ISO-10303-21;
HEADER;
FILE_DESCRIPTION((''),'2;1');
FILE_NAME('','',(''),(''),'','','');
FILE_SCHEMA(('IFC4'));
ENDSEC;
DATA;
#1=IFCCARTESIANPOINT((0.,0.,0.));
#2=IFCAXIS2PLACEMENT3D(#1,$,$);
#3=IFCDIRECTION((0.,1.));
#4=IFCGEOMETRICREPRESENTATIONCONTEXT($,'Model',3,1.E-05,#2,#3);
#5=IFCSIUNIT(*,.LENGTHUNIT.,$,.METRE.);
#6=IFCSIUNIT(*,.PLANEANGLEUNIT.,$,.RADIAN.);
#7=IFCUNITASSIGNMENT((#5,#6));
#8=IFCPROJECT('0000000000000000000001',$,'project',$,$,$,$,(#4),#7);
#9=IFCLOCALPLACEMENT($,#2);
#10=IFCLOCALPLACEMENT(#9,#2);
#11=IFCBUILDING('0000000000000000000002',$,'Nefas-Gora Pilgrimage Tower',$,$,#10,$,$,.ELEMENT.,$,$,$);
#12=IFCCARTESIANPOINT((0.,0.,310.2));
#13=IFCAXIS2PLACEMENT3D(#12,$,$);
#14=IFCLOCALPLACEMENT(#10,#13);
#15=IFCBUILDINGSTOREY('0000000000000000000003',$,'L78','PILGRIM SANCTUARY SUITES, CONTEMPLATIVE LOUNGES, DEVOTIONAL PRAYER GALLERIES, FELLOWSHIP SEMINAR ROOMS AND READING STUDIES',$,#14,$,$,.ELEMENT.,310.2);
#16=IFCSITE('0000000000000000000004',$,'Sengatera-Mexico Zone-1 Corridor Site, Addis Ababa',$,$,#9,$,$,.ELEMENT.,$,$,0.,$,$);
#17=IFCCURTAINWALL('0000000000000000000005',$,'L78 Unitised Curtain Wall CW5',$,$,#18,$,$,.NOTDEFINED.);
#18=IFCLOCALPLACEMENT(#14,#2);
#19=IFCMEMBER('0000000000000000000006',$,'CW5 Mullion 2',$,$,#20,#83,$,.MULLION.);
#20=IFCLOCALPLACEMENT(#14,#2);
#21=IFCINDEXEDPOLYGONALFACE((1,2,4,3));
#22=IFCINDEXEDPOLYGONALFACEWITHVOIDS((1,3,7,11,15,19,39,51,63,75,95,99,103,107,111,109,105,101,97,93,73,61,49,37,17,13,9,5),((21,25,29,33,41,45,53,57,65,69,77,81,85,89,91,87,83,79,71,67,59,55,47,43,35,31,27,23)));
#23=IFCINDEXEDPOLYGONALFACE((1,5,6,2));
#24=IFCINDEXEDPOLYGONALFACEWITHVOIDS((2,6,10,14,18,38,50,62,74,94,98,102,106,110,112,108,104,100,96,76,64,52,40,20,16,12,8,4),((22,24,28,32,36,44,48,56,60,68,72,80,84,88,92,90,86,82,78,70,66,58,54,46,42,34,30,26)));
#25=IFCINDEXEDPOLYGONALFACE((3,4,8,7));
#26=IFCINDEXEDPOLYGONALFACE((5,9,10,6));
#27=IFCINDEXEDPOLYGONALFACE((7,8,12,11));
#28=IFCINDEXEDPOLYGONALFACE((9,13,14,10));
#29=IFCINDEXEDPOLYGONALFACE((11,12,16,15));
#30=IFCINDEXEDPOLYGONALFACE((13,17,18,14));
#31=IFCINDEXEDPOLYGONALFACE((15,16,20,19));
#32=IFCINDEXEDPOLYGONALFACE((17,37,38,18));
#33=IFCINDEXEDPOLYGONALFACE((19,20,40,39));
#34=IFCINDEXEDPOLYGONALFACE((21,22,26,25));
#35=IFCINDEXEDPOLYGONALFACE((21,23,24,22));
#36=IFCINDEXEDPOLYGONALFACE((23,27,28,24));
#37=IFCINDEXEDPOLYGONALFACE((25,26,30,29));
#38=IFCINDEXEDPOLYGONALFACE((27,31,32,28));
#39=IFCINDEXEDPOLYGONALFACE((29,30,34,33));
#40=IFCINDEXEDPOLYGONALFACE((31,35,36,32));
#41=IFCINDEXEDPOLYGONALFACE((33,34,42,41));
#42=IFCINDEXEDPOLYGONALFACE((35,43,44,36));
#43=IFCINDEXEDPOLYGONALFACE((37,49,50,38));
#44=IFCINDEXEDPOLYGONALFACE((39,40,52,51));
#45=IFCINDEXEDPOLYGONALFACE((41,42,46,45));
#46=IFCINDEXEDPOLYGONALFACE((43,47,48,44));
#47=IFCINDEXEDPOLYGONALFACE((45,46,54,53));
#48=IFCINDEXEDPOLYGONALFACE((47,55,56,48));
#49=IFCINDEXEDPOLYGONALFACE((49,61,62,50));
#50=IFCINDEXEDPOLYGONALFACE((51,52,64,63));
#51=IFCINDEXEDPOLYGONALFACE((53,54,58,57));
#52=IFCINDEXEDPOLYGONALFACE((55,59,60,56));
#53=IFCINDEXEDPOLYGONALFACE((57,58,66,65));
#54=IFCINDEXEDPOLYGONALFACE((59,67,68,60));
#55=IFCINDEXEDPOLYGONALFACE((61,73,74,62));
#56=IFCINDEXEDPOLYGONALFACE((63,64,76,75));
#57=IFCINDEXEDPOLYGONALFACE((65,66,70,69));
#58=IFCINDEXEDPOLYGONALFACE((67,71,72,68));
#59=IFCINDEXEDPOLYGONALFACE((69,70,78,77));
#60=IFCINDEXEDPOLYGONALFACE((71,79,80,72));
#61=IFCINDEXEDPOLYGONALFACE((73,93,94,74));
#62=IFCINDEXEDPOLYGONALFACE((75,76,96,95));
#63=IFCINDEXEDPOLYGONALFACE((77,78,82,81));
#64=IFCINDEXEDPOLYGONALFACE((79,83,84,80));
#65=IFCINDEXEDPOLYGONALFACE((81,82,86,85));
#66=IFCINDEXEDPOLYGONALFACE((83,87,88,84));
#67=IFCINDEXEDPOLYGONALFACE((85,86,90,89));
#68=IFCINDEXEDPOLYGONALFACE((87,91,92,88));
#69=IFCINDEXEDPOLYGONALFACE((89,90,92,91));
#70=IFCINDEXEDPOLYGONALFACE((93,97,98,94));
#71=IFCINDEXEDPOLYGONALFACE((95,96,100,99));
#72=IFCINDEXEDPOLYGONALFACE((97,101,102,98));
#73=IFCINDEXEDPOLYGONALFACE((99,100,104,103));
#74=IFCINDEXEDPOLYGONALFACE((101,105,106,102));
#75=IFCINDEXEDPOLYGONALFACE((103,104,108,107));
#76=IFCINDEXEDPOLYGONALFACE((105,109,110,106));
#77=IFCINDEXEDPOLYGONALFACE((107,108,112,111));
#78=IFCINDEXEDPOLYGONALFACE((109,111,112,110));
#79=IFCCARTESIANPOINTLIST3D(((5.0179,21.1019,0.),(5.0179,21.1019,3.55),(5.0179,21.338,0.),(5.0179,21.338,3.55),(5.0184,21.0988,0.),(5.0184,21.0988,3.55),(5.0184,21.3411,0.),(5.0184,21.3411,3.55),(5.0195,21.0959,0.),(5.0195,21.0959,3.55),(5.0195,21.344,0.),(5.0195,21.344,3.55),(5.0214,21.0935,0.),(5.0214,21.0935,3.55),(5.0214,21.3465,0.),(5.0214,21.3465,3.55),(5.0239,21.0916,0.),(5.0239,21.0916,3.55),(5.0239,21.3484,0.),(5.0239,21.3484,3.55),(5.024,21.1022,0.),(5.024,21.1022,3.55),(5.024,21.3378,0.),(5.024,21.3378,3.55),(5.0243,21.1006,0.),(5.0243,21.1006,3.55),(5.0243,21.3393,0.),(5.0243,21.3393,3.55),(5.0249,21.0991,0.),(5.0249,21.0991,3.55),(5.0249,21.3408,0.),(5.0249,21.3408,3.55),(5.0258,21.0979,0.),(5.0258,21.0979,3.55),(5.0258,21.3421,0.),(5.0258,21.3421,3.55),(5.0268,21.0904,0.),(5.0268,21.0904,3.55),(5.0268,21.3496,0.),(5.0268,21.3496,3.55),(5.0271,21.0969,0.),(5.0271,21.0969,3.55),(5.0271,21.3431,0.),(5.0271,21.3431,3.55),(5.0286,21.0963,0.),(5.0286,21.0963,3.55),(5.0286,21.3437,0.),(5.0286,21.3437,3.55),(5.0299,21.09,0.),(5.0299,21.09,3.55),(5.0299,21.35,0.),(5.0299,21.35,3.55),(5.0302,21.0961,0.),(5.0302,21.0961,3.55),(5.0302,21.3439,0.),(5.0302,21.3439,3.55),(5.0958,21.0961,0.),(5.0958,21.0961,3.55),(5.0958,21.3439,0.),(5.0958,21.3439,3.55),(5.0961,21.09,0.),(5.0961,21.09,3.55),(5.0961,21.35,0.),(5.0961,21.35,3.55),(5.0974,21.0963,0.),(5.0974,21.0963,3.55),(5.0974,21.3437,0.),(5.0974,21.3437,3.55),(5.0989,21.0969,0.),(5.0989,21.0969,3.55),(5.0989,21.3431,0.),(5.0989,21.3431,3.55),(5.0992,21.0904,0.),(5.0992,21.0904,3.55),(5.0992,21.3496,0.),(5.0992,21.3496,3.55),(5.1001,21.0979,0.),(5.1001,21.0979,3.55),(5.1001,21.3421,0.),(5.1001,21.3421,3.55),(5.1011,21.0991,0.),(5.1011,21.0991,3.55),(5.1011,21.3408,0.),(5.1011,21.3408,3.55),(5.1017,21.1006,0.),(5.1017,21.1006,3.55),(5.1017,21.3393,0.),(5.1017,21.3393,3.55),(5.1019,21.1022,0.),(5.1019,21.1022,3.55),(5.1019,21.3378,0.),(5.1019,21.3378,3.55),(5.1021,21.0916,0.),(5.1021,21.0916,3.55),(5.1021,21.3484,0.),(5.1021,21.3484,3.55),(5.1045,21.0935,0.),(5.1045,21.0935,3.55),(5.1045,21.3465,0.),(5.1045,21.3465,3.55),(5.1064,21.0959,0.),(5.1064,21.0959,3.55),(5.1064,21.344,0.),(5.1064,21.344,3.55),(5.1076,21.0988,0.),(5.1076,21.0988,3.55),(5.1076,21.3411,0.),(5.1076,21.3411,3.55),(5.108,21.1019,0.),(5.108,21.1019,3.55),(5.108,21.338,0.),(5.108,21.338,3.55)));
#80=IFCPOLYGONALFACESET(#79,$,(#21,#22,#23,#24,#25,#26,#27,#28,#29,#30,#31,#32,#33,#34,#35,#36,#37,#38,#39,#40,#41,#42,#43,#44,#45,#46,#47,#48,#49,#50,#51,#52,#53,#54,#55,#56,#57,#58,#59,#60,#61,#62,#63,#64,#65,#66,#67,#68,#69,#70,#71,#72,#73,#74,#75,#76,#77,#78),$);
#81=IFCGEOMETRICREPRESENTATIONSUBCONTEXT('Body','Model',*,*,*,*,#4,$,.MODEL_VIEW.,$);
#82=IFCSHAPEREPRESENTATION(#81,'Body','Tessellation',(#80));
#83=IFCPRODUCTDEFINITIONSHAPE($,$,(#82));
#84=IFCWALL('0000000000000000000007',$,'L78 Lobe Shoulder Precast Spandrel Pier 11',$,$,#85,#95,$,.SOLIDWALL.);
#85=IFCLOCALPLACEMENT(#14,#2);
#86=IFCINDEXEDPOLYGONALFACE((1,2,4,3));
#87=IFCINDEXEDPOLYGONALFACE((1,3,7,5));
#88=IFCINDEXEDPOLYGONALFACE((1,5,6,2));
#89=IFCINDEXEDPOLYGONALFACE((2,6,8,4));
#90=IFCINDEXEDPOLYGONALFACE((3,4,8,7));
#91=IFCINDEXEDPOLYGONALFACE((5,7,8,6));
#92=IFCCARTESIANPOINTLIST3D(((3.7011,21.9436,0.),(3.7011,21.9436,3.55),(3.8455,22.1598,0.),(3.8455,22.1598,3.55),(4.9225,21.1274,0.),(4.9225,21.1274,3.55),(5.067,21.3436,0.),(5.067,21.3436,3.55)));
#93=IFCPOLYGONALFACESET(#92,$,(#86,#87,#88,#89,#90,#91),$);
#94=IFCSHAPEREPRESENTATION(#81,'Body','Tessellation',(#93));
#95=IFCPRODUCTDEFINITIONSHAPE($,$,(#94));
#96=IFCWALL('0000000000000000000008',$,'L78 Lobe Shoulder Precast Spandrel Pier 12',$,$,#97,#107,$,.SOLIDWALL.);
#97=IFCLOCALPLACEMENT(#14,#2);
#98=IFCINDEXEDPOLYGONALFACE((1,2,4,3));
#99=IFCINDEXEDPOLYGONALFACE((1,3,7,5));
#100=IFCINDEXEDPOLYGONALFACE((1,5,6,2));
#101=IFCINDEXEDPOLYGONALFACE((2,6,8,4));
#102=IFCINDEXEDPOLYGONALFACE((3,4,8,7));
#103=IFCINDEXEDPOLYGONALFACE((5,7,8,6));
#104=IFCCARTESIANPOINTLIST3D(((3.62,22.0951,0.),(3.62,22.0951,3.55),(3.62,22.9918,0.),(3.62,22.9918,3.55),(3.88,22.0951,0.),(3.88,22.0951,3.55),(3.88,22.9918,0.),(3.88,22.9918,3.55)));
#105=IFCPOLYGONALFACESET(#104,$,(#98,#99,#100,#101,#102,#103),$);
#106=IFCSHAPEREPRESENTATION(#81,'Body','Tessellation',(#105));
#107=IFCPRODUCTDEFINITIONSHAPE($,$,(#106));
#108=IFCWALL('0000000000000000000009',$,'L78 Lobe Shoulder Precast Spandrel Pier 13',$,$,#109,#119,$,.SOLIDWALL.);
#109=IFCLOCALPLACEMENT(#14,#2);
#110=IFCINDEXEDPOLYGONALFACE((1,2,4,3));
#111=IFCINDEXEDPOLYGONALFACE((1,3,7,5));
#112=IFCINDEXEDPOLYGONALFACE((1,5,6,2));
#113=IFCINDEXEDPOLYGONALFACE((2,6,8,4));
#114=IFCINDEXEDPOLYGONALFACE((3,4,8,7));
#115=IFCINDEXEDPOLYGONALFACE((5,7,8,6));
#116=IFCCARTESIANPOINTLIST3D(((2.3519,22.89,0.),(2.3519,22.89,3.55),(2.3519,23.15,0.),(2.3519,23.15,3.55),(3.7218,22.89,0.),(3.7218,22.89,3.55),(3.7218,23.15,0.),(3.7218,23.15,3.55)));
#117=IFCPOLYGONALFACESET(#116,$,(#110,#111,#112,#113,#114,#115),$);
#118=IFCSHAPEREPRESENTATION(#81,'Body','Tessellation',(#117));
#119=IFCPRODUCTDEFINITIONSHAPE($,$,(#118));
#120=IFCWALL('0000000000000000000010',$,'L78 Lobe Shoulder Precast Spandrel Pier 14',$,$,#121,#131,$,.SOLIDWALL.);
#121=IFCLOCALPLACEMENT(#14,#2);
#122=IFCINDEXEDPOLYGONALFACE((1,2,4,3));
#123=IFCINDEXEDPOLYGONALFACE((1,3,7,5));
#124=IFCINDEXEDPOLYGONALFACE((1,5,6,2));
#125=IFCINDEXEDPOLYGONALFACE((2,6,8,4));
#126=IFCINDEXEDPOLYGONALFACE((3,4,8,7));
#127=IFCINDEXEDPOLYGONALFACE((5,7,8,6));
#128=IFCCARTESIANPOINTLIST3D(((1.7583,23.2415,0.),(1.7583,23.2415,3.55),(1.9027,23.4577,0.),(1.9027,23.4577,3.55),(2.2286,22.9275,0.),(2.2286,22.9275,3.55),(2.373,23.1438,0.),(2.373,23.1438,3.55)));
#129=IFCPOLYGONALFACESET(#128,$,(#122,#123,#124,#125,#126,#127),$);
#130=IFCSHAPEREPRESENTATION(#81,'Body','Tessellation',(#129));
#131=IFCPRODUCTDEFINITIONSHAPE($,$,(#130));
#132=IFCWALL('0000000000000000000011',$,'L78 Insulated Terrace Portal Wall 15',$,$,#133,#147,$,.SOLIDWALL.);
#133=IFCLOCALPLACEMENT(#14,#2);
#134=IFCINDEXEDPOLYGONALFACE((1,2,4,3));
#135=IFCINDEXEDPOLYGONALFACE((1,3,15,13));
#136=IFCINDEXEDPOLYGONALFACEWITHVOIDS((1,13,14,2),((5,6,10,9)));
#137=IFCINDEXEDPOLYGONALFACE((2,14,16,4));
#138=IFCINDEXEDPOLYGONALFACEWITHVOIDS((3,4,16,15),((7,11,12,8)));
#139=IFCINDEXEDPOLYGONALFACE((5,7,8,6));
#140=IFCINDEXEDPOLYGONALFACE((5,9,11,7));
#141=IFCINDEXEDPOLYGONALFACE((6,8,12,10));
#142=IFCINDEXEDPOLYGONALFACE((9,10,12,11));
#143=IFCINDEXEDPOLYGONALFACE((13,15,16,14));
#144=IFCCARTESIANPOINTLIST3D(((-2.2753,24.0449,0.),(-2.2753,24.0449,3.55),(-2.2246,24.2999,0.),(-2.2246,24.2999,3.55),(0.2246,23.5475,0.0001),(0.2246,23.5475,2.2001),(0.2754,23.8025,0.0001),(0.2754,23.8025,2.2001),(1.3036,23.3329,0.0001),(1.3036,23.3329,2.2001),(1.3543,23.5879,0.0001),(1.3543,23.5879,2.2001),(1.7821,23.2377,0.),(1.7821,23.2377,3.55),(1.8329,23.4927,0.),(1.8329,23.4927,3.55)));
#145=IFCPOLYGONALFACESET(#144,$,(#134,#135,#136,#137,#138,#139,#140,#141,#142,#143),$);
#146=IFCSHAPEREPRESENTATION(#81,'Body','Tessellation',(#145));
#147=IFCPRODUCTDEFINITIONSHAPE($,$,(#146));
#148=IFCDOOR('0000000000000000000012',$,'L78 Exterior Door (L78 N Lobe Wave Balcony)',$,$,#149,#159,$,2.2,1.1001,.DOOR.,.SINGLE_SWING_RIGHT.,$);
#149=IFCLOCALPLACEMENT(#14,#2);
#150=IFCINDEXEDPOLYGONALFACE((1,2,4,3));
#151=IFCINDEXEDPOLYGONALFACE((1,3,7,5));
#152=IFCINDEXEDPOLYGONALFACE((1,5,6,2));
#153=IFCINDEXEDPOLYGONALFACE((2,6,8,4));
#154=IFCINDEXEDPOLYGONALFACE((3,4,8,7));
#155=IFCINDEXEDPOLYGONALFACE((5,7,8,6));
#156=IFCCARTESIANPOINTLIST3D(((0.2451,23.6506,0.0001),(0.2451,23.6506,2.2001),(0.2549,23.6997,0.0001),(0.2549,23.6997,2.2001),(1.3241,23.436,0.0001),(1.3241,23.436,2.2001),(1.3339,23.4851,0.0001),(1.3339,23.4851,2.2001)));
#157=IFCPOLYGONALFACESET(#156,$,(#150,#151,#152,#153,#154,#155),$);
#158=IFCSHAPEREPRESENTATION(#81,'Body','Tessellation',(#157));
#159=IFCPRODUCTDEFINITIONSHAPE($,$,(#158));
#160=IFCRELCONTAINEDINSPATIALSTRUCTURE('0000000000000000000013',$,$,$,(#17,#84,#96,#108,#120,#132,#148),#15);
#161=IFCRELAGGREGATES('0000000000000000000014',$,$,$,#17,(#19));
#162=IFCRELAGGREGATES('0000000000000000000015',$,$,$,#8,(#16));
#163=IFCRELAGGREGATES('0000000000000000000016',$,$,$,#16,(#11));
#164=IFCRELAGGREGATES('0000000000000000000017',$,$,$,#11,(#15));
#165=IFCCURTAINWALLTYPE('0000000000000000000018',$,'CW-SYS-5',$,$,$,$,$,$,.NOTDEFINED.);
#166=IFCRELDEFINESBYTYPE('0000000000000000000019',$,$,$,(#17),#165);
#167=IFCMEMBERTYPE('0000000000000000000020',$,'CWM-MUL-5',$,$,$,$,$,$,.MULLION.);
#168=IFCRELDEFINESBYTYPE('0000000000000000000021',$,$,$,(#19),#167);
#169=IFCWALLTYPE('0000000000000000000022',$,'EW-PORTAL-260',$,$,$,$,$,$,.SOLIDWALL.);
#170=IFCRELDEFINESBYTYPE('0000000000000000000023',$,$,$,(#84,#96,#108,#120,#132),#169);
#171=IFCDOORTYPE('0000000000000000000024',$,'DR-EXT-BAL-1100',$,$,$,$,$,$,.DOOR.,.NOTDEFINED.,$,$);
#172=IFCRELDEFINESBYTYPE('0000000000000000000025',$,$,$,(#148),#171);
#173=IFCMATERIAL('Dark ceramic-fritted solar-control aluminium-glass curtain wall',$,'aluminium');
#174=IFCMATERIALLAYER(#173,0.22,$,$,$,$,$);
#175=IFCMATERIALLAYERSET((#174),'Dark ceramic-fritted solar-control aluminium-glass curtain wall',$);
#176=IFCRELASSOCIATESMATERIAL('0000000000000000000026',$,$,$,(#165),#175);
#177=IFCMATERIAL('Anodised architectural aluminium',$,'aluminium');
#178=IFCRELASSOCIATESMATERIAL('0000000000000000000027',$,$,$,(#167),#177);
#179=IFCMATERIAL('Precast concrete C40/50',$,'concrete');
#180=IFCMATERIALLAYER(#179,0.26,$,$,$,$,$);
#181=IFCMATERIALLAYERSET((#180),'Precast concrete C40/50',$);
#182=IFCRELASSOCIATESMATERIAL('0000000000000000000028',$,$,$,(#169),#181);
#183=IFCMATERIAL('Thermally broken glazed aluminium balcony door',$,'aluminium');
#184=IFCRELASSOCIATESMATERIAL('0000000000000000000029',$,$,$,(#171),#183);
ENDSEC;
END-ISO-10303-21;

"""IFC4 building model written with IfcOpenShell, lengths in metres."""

from ifc_helpers import new_model, si_unit, direction, frame, frame_2d, origin, origin_2d, place, context, subcontext, project, spatial, rectangle, hollow_rectangle, extrude, source, transform, mapped, material, layer, layer_set, material_profile, profile_set, type_object, element, fill, aggregate, save


model = new_model("IFC4")

# Units and contexts
model_context = context("Model", 3, precision=1e-05, world=origin(), true_north=direction((0.0, 1.0)))
body_context = subcontext(model_context, "Body", "Model", "MODEL_VIEW")
ifc_project = project(units=[si_unit("LENGTHUNIT", "METRE"), si_unit("PLANEANGLEUNIT", "RADIAN")], contexts=[model_context])

# Site, building, storey
site_placement = place(None, origin())
site = spatial("IfcSite", under=ifc_project, at=site_placement, Name="Sengatera-Mexico Zone-1 Corridor Site, Addis Ababa", CompositionType="ELEMENT", RefElevation=0.0)
building_placement = place(site_placement, origin())
building = spatial("IfcBuilding", under=site, at=building_placement, Name="Nefas-Gora Pilgrimage Tower", CompositionType="ELEMENT")
storey_placement = place(building_placement, frame((0.0, 0.0, 310.2)))
storey = spatial("IfcBuildingStorey", under=building, at=storey_placement, Name="L78", Description="PILGRIM SANCTUARY SUITES, CONTEMPLATIVE LOUNGES, DEVOTIONAL PRAYER GALLERIES, FELLOWSHIP SEMINAR ROOMS AND READING STUDIES", CompositionType="ELEMENT", Elevation=310.2)

# Curtain wall, member
ifc_material_1 = material(Name="Dark ceramic-fritted solar-control aluminium-glass curtain wall", Category="aluminium")
ifc_layer_1 = layer(ifc_material_1, 0.22)
ifc_layer_set_1 = layer_set([ifc_layer_1], Name="Dark ceramic-fritted solar-control aluminium-glass curtain wall")
curtain_wall_type = type_object("IfcCurtainWallType", Name="CW-SYS-5", PredefinedType="NOTDEFINED", material=ifc_layer_set_1)
curtain_wall_placement = place(storey_placement, origin())
curtain_wall = element("IfcCurtainWall", 1, at=curtain_wall_placement, inside=storey, type_object=curtain_wall_type, Name="L78 Unitised Curtain Wall CW5", PredefinedType="NOTDEFINED")
ifc_material_2 = material(Name="Anodised architectural aluminium", Category="aluminium")
ifc_material_profile_1 = material_profile(ifc_material_2, hollow_rectangle(XDim=0.0901, YDim=0.26, WallThickness=0.0061, InnerFilletRadius=0.0061, OuterFilletRadius=0.012, at=origin_2d()), Name="ALU MULLION 90x260")
ifc_profile_set_1 = profile_set([ifc_material_profile_1], Name="Anodised architectural aluminium")
member_type = type_object("IfcMemberType", Name="CWM-MUL-5", PredefinedType="MULLION", material=ifc_profile_set_1)
shared_shape_1 = source(origin(), body_context, "Body", "SweptSolid", [
    extrude(hollow_rectangle(XDim=0.0901, YDim=0.26, WallThickness=0.0061, InnerFilletRadius=0.0061, OuterFilletRadius=0.012, at=origin_2d()), origin(), (0.0, 0.0, 1.0), 3.55),
])
member_placement = place(storey_placement, frame((5.063, 21.22, 0.0), z_axis=(0.0, 0.0, 1.0), x_axis=(-1.0, 0.0, 0.0)))
member = element("IfcMember", 2, at=member_placement, type_object=member_type, Name="CW5 Mullion 2", PredefinedType="MULLION", context=body_context, shape_type="MappedRepresentation", body=[
    mapped(shared_shape_1, transform((0.0, 0.0, 0.0), x_axis=(1.0, 0.0, 0.0), y_axis=(0.0, 1.0, 0.0), z_axis=(0.0, 0.0, 1.0), scale=1.0)),
])
aggregate(curtain_wall, [member])

# Walls
ifc_material_3 = material(Name="Precast concrete C40/50", Category="concrete")
ifc_layer_2 = layer(ifc_material_3, 0.26)
ifc_layer_set_2 = layer_set([ifc_layer_2], Name="Precast concrete C40/50")
wall_type_1 = type_object("IfcWallType", Name="EW-PORTAL-260", PredefinedType="SOLIDWALL", material=ifc_layer_set_2)
shared_shape_2 = source(origin(), body_context, "Body", "SweptSolid", [
    extrude(rectangle(XDim=1.469, YDim=0.26, at=frame_2d((0.7344, 0.0))), origin(), (0.0, 0.0, 1.0), 3.55),
])
wall_1_placement = place(storey_placement, frame((4.9946, 21.2356, 0.0), z_axis=(0.0, 0.0, 1.0), x_axis=(-0.831462, 0.555582, 0.0)))
element("IfcWall", 3, at=wall_1_placement, inside=storey, type_object=wall_type_1, Name="L78 Lobe Shoulder Precast Spandrel Pier 11", PredefinedType="SOLIDWALL", context=body_context, shape_type="MappedRepresentation", body=[
    mapped(shared_shape_2, transform((0.0, 0.0, 0.0), x_axis=(1.0, 0.0, 0.0), y_axis=(0.0, 1.0, 0.0), z_axis=(0.0, 0.0, 1.0), scale=1.0)),
])
shared_shape_3 = source(origin(), body_context, "Body", "SweptSolid", [
    extrude(rectangle(XDim=0.8967, YDim=0.26, at=frame_2d((0.4482, 0.0))), origin(), (0.0, 0.0, 1.0), 3.55),
])
wall_2_placement = place(storey_placement, frame((3.75, 22.0952, 0.0), z_axis=(0.0, 0.0, 1.0), x_axis=(0.0, 1.0, 0.0)))
element("IfcWall", 4, at=wall_2_placement, inside=storey, type_object=wall_type_1, Name="L78 Lobe Shoulder Precast Spandrel Pier 12", PredefinedType="SOLIDWALL", context=body_context, shape_type="MappedRepresentation", body=[
    mapped(shared_shape_3, transform((0.0, 0.0, 0.0), x_axis=(1.0, 0.0, 0.0), y_axis=(0.0, 1.0, 0.0), z_axis=(0.0, 0.0, 1.0), scale=1.0)),
])
shared_shape_4 = source(origin(), body_context, "Body", "SweptSolid", [
    extrude(rectangle(XDim=1.3699, YDim=0.26, at=frame_2d((0.6851, 0.0))), origin(), (0.0, 0.0, 1.0), 3.55),
])
wall_3_placement = place(storey_placement, frame((3.7219, 23.02, 0.0), z_axis=(0.0, 0.0, 1.0), x_axis=(-1.0, 0.0, 0.0)))
element("IfcWall", 5, at=wall_3_placement, inside=storey, type_object=wall_type_1, Name="L78 Lobe Shoulder Precast Spandrel Pier 13", PredefinedType="SOLIDWALL", context=body_context, shape_type="MappedRepresentation", body=[
    mapped(shared_shape_4, transform((0.0, 0.0, 0.0), x_axis=(1.0, 0.0, 0.0), y_axis=(0.0, 1.0, 0.0), z_axis=(0.0, 0.0, 1.0), scale=1.0)),
])
shared_shape_5 = source(origin(), body_context, "Body", "SweptSolid", [
    extrude(rectangle(XDim=0.5654, YDim=0.26, at=frame_2d((0.2827, 0.0))), origin(), (0.0, 0.0, 1.0), 3.55),
])
wall_4_placement = place(storey_placement, frame((2.3008, 23.0356, 0.0), z_axis=(0.0, 0.0, 1.0), x_axis=(-0.831651, 0.555298, 0.0)))
element("IfcWall", 6, at=wall_4_placement, inside=storey, type_object=wall_type_1, Name="L78 Lobe Shoulder Precast Spandrel Pier 14", PredefinedType="SOLIDWALL", context=body_context, shape_type="MappedRepresentation", body=[
    mapped(shared_shape_5, transform((0.0, 0.0, 0.0), x_axis=(1.0, 0.0, 0.0), y_axis=(0.0, 1.0, 0.0), z_axis=(0.0, 0.0, 1.0), scale=1.0)),
])

# Wall, opening, door
shared_shape_6 = source(origin(), body_context, "Body", "SweptSolid", [
    extrude(rectangle(XDim=4.137, YDim=0.26, at=frame_2d((2.0684, 0.0))), origin(), (0.0, 0.0, 1.0), 3.55),
])
wall_5_placement = place(storey_placement, frame((1.8074, 23.3652, 0.0), z_axis=(0.0, 0.0, 1.0), x_axis=(-0.980782, 0.195106, 0.0)))
wall_5 = element("IfcWall", 7, at=wall_5_placement, inside=storey, type_object=wall_type_1, Name="L78 Insulated Terrace Portal Wall 15", PredefinedType="SOLIDWALL", context=body_context, shape_type="MappedRepresentation", body=[
    mapped(shared_shape_6, transform((0.0, 0.0, 0.0), x_axis=(1.0, 0.0, 0.0), y_axis=(0.0, 1.0, 0.0), z_axis=(0.0, 0.0, 1.0), scale=1.0)),
])
opening_1_placement = place(wall_5_placement, frame((0.4878, 0.0, 0.0)))
opening_1 = element("IfcOpeningElement", 8, at=opening_1_placement, cuts=wall_5, PredefinedType="OPENING", context=body_context, shape_type="SweptSolid", body=[
    extrude(rectangle(XDim=1.1001, YDim=2.2, at=frame_2d((0.55, 1.1001))), frame((0.0, 0.1399, 0.0), z_axis=(0.0, -1.0, 0.0), x_axis=(1.0, 0.0, 0.0)), (0.0, 0.0, 1.0), 0.28),
])
ifc_material_4 = material(Name="Thermally broken glazed aluminium balcony door", Category="aluminium")
door_type_1 = type_object("IfcDoorType", Name="DR-EXT-BAL-1100", OperationType="NOTDEFINED", PredefinedType="DOOR", material=ifc_material_4)
shared_shape_7 = source(origin(), body_context, "Body", "SweptSolid", [
    extrude(rectangle(XDim=1.1001, YDim=2.2, at=frame_2d((0.55, 1.1001))), frame((0.0, 0.0249, 0.0), z_axis=(0.0, -1.0, 0.0), x_axis=(1.0, 0.0, 0.0)), (0.0, 0.0, 1.0), 0.05),
])
door_1_placement = place(opening_1_placement, origin())
door_1 = element("IfcDoor", 9, at=door_1_placement, inside=storey, type_object=door_type_1, Name="L78 Exterior Door (L78 N Lobe Wave Balcony)", OperationType="SINGLE_SWING_RIGHT", OverallHeight=2.2, OverallWidth=1.1001, PredefinedType="DOOR", context=body_context, shape_type="MappedRepresentation", body=[
    mapped(shared_shape_7, transform((0.0, 0.0, 0.0), x_axis=(1.0, 0.0, 0.0), y_axis=(0.0, 1.0, 0.0), z_axis=(0.0, 0.0, 1.0), scale=1.0)),
])
fill(opening_1, door_1)

save(model, "model.ifc")
